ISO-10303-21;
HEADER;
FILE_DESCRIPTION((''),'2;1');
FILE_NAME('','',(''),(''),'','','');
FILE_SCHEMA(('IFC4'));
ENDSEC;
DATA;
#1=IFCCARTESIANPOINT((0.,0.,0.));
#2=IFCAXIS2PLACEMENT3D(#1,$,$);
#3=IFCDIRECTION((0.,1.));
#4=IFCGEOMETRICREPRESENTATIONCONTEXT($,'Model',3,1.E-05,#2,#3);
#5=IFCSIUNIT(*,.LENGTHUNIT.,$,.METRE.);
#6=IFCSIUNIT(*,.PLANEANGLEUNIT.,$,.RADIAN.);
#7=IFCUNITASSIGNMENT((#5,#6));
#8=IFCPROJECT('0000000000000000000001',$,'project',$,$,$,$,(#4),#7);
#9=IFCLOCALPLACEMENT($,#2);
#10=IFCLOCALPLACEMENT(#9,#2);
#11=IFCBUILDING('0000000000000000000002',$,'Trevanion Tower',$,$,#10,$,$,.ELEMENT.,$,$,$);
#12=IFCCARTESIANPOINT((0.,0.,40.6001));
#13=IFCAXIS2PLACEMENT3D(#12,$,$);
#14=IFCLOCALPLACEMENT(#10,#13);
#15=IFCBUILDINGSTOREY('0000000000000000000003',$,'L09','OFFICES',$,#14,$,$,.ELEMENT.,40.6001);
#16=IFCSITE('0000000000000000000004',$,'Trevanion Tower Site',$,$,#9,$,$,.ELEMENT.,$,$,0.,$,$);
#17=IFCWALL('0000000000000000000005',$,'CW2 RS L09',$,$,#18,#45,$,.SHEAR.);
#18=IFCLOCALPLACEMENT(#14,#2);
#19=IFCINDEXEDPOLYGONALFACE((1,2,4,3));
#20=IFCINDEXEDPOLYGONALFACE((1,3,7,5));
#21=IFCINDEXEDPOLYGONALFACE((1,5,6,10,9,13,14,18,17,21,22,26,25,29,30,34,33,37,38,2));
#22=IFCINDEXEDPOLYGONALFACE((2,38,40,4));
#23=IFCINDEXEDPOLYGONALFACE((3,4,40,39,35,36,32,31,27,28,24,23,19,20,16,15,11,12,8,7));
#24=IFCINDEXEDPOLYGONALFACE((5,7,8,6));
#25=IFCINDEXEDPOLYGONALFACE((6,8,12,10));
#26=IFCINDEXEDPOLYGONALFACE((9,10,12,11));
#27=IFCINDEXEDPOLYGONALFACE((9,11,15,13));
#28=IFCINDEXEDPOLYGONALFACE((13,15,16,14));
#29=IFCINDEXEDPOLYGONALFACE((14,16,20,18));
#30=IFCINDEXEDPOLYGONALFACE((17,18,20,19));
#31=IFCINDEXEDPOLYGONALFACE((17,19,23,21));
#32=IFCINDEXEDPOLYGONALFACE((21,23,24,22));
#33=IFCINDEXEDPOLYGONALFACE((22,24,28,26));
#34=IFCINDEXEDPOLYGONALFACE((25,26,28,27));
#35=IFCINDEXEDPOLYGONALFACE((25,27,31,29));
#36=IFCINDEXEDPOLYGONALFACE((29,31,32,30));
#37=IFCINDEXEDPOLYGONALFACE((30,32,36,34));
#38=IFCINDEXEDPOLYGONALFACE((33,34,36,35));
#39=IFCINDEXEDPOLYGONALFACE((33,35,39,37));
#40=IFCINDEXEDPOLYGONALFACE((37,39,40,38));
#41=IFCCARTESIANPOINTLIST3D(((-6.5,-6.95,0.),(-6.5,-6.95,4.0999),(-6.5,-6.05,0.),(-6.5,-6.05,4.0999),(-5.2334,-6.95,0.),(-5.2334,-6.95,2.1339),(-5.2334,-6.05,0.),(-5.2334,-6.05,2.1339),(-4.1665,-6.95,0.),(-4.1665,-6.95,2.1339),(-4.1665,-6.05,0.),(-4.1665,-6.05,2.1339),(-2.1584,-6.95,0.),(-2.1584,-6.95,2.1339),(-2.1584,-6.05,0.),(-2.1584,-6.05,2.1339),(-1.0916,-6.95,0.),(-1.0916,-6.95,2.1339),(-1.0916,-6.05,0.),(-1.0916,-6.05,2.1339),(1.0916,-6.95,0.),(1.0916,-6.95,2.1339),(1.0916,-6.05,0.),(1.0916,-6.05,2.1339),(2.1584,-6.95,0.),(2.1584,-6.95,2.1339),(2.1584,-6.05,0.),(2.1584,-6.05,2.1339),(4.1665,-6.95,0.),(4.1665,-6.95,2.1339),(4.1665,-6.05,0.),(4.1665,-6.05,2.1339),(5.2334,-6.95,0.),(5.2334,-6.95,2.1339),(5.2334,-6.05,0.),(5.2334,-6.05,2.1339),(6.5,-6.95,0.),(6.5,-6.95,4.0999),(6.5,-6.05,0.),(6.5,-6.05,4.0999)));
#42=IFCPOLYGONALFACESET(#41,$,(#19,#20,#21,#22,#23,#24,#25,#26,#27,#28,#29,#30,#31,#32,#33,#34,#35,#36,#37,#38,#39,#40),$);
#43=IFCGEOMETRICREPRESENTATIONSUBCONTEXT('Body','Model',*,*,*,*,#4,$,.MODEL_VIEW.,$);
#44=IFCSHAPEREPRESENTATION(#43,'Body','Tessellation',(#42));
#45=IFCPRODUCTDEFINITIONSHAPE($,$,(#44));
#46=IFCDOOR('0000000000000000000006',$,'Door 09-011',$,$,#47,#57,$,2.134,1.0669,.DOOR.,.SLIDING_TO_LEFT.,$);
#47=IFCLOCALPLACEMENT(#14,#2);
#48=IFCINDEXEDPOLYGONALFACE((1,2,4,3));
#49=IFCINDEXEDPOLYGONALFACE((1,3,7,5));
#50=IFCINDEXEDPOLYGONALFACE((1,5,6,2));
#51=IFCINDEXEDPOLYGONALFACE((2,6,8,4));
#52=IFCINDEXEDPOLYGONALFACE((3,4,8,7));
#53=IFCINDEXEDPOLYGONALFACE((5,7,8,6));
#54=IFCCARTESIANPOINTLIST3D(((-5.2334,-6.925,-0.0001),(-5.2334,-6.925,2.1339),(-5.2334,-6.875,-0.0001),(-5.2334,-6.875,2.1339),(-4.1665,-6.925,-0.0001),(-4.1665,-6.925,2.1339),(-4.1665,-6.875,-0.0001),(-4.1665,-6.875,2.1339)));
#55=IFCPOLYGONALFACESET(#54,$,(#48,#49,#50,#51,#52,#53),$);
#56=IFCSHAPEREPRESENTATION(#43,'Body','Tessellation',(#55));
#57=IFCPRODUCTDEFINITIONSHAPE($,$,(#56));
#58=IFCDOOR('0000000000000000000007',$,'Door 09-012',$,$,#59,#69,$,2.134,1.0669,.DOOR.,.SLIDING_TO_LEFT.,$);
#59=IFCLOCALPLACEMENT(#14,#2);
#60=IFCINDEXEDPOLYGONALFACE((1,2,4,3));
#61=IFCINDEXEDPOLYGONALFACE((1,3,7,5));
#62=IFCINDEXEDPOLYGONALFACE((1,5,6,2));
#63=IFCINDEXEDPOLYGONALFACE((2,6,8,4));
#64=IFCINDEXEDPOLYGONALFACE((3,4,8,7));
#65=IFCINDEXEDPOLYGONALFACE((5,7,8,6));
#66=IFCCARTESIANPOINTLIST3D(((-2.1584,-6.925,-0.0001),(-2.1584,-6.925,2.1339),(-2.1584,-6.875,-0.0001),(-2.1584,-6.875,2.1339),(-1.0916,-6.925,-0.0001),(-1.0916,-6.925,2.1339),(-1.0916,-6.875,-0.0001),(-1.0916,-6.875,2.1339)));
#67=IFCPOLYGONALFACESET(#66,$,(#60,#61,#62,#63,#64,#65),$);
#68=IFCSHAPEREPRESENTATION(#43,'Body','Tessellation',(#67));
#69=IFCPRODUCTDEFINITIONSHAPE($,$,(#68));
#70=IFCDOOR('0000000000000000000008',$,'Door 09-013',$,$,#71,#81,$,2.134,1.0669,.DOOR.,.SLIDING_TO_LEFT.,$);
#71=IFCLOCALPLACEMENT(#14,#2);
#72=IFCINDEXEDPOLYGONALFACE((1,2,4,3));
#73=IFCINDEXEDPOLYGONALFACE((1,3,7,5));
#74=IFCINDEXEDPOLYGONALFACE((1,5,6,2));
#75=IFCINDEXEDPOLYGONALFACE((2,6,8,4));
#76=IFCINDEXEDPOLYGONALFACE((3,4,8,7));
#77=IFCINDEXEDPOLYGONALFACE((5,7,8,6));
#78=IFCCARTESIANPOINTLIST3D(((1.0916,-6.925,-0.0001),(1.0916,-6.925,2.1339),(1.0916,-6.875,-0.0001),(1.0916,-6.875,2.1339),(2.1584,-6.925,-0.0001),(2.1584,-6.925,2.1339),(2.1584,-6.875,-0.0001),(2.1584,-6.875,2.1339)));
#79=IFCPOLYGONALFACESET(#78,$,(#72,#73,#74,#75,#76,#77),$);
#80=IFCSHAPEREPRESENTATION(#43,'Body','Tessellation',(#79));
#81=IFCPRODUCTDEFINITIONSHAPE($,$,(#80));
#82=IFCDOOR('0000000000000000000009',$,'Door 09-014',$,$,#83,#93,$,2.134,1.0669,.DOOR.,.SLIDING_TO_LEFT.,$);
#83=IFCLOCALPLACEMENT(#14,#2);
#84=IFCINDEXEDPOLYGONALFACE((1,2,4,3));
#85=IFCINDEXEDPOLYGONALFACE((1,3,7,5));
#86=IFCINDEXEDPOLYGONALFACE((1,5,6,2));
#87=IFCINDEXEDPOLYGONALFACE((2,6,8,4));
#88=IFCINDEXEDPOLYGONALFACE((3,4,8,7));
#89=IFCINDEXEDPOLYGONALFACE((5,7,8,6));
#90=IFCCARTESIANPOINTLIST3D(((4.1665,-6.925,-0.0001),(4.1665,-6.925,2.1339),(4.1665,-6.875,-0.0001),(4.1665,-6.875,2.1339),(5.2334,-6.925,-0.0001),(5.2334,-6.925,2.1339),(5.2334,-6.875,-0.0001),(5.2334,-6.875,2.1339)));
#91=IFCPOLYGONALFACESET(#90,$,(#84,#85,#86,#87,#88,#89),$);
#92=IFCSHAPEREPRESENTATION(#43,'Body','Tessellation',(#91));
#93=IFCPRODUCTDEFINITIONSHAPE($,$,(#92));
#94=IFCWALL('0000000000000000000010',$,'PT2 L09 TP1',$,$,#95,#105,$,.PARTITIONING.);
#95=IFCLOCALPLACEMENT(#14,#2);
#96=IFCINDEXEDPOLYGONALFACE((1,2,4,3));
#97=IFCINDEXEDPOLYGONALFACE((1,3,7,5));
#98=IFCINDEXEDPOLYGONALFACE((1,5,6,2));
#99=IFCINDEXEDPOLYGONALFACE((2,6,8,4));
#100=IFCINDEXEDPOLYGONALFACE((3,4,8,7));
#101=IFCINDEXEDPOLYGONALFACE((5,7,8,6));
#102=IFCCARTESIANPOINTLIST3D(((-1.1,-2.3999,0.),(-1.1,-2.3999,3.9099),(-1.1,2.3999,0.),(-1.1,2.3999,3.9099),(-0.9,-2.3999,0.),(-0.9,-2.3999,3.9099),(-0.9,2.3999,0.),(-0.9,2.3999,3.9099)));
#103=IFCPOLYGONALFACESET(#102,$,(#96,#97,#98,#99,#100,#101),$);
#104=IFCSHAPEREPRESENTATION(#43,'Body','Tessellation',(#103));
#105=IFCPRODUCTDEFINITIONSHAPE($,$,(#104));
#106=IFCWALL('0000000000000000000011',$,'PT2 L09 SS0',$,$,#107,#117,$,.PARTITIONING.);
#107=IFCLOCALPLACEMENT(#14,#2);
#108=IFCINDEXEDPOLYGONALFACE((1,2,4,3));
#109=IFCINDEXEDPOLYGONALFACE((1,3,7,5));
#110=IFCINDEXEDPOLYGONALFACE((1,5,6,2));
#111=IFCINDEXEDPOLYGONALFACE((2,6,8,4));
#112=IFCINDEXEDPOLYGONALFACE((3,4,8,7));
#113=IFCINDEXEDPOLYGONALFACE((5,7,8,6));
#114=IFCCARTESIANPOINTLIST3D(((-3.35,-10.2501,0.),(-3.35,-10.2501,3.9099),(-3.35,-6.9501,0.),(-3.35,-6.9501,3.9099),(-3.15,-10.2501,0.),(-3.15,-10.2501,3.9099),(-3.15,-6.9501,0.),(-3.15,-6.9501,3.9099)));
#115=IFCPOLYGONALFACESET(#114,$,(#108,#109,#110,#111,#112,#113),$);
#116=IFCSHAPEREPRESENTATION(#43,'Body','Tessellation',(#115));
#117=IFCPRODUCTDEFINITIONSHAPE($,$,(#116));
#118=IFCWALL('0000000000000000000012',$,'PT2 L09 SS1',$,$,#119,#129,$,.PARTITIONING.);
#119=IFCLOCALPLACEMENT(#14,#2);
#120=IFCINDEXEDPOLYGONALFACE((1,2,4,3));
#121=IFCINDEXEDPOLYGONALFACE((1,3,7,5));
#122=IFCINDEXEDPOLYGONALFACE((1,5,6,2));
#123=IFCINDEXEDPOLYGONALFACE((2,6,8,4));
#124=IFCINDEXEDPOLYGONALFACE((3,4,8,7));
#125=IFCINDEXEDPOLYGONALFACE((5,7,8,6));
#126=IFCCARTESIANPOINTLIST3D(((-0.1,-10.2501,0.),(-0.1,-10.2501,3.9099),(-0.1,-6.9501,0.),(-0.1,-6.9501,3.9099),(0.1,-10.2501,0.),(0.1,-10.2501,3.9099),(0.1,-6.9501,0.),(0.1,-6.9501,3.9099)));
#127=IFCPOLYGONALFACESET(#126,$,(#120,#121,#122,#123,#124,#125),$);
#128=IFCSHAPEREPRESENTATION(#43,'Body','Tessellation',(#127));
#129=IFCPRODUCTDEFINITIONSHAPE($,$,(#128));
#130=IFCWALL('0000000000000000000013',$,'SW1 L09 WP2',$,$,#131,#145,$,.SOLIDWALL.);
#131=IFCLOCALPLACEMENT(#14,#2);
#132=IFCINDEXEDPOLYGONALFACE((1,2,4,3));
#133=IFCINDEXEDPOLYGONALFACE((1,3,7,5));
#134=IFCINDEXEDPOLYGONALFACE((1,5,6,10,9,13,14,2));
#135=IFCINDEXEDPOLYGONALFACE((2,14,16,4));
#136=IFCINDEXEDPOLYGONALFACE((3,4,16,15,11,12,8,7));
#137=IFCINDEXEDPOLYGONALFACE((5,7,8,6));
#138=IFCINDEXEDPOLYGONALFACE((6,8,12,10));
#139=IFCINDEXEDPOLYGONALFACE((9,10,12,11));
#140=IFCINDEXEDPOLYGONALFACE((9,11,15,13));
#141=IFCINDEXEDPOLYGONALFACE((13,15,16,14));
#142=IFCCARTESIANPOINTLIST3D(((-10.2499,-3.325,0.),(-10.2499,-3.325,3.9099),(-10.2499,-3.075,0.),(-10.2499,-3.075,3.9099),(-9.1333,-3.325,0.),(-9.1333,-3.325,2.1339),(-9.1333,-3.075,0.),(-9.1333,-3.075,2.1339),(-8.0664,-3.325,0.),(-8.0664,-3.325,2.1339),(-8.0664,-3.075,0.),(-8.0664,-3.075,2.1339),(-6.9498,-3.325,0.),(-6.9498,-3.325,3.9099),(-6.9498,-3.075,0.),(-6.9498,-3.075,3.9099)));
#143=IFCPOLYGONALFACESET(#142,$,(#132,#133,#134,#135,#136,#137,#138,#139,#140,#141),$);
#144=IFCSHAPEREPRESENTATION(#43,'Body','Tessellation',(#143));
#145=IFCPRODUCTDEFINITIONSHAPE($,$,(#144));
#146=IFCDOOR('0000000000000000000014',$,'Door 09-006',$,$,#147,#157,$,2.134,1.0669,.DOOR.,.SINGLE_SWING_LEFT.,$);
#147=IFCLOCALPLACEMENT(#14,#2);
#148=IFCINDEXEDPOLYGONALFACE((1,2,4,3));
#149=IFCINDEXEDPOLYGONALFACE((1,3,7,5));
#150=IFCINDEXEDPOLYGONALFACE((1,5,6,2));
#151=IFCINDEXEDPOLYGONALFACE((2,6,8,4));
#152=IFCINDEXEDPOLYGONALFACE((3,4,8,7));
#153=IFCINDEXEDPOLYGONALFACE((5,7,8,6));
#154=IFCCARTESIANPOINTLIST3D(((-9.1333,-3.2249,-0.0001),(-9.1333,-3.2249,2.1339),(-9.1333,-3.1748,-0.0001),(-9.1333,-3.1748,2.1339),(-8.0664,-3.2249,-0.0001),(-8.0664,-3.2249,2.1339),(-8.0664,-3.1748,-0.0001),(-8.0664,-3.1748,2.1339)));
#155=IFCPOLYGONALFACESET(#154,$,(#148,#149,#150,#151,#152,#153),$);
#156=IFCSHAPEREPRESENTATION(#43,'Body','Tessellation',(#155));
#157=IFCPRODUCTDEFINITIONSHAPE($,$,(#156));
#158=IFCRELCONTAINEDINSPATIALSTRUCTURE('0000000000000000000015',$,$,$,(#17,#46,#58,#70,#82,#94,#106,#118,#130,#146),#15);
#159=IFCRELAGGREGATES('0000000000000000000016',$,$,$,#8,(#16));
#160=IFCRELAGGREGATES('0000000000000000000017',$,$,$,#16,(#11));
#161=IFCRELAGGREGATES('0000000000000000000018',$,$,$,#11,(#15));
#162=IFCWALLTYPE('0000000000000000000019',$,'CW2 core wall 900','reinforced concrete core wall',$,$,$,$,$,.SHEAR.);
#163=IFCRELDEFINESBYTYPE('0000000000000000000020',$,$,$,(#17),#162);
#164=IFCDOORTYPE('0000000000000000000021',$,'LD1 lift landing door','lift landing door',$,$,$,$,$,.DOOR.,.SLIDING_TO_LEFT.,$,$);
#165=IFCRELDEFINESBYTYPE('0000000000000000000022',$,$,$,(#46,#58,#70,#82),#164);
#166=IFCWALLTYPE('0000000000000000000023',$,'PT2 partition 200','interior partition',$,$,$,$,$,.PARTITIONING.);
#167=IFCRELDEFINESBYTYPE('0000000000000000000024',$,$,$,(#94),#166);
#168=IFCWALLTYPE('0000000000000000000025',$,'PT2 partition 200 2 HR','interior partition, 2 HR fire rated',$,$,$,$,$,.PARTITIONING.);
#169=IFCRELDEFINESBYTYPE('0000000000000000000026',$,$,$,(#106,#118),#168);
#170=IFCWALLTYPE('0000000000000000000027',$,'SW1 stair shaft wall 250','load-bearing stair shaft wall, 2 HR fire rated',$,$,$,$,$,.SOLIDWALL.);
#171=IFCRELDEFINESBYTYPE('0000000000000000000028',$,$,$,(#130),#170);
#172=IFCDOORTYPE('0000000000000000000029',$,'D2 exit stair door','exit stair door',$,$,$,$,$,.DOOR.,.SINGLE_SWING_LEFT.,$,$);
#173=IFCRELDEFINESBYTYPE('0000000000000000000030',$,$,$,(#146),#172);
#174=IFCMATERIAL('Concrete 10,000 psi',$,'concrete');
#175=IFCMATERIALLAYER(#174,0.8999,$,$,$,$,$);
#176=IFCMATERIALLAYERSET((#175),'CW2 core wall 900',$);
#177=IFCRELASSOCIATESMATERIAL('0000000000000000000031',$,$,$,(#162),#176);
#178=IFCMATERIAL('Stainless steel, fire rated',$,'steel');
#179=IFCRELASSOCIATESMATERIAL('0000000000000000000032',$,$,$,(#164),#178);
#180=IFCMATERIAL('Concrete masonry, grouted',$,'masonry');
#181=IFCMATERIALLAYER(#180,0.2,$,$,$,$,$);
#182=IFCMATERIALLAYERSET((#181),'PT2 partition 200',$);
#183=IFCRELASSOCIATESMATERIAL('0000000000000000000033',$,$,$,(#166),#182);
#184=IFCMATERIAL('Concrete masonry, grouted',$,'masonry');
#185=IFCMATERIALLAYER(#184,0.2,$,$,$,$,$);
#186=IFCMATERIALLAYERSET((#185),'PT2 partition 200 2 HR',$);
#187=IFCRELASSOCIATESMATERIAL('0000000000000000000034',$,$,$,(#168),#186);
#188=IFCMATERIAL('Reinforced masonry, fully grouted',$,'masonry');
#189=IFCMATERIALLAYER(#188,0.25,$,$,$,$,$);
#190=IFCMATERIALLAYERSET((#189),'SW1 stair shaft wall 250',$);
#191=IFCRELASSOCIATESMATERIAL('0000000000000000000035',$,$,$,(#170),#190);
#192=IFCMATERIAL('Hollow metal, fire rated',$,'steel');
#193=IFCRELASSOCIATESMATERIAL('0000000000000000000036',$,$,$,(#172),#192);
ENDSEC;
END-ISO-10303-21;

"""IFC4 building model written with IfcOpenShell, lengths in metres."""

from ifc_helpers import new_model, si_unit, direction, frame, frame_2d, origin, place, context, subcontext, project, spatial, rectangle, extrude, material, layer, layer_set, type_object, element, fill, save


model = new_model("IFC4")

# Units and contexts
model_context = context("Model", 3, precision=1e-05, world=origin(), true_north=direction((0.0, 1.0)))
body_context = subcontext(model_context, "Body", "Model", "MODEL_VIEW")
ifc_project = project(units=[si_unit("LENGTHUNIT", "METRE"), si_unit("PLANEANGLEUNIT", "RADIAN")], contexts=[model_context])

# Site, building, storey
site_placement = place(None, origin())
site = spatial("IfcSite", under=ifc_project, at=site_placement, Name="Trevanion Tower Site", CompositionType="ELEMENT", RefElevation=0.0)
building_placement = place(site_placement, origin())
building = spatial("IfcBuilding", under=site, at=building_placement, Name="Trevanion Tower", CompositionType="ELEMENT")
storey_placement = place(building_placement, frame((0.0, 0.0, 40.6001)))
storey = spatial("IfcBuildingStorey", under=building, at=storey_placement, Name="L09", Description="OFFICES", CompositionType="ELEMENT", Elevation=40.6001)

# Shared definitions
ifc_material_1 = material(Name="Concrete 10,000 psi", Category="concrete")
ifc_layer_1 = layer(ifc_material_1, 0.8999)
ifc_layer_set_1 = layer_set([ifc_layer_1], Name="CW2 core wall 900")
wall_type_1 = type_object("IfcWallType", Name="CW2 core wall 900", Description="reinforced concrete core wall", PredefinedType="SHEAR", material=ifc_layer_set_1)

# Wall, openings, doors
wall_1_placement = place(storey_placement, frame((-6.5, -6.5, 0.0), z_axis=(0.0, 0.0, 1.0), x_axis=(1.0, 0.0, 0.0)))
wall_1 = element("IfcWall", 1, at=wall_1_placement, inside=storey, type_object=wall_type_1, Name="CW2 RS L09", PredefinedType="SHEAR", context=body_context, shape_type="SweptSolid", body=[
    extrude(rectangle(XDim=13.0, YDim=0.8999, at=frame_2d((6.5, 0.0))), origin(), (0.0, 0.0, 1.0), 4.0999),
])
opening_1_placement = place(wall_1_placement, frame((1.2666, 0.0, 0.0)))
opening_1 = element("IfcOpeningElement", 2, at=opening_1_placement, cuts=wall_1, PredefinedType="OPENING", context=body_context, shape_type="SweptSolid", body=[
    extrude(rectangle(XDim=1.0669, YDim=2.134, at=frame_2d((0.5334, 1.0669))), frame((0.0, 0.46, 0.0), z_axis=(0.0, -1.0, 0.0), x_axis=(1.0, 0.0, 0.0)), (0.0, 0.0, 1.0), 0.9199),
])
opening_2_placement = place(wall_1_placement, frame((4.3416, 0.0, 0.0)))
opening_2 = element("IfcOpeningElement", 3, at=opening_2_placement, cuts=wall_1, PredefinedType="OPENING", context=body_context, shape_type="SweptSolid", body=[
    extrude(rectangle(XDim=1.0669, YDim=2.134, at=frame_2d((0.5334, 1.0669))), frame((0.0, 0.46, 0.0), z_axis=(0.0, -1.0, 0.0), x_axis=(1.0, 0.0, 0.0)), (0.0, 0.0, 1.0), 0.9199),
])
opening_3_placement = place(wall_1_placement, frame((7.5916, 0.0, 0.0)))
opening_3 = element("IfcOpeningElement", 4, at=opening_3_placement, cuts=wall_1, PredefinedType="OPENING", context=body_context, shape_type="SweptSolid", body=[
    extrude(rectangle(XDim=1.0669, YDim=2.134, at=frame_2d((0.5334, 1.0669))), frame((0.0, 0.46, 0.0), z_axis=(0.0, -1.0, 0.0), x_axis=(1.0, 0.0, 0.0)), (0.0, 0.0, 1.0), 0.9199),
])
opening_4_placement = place(wall_1_placement, frame((10.6665, 0.0, 0.0)))
opening_4 = element("IfcOpeningElement", 5, at=opening_4_placement, cuts=wall_1, PredefinedType="OPENING", context=body_context, shape_type="SweptSolid", body=[
    extrude(rectangle(XDim=1.0669, YDim=2.134, at=frame_2d((0.5334, 1.0669))), frame((0.0, 0.46, 0.0), z_axis=(0.0, -1.0, 0.0), x_axis=(1.0, 0.0, 0.0)), (0.0, 0.0, 1.0), 0.9199),
])
ifc_material_2 = material(Name="Stainless steel, fire rated", Category="steel")
door_type_1 = type_object("IfcDoorType", Name="LD1 lift landing door", Description="lift landing door", OperationType="SLIDING_TO_LEFT", PredefinedType="DOOR", material=ifc_material_2)
door_1_placement = place(opening_1_placement, origin())
door_1 = element("IfcDoor", 6, at=door_1_placement, inside=storey, type_object=door_type_1, Name="Door 09-011", OperationType="SLIDING_TO_LEFT", OverallHeight=2.134, OverallWidth=1.0669, PredefinedType="DOOR", context=body_context, shape_type="SweptSolid", body=[
    extrude(rectangle(XDim=1.0669, YDim=2.134, at=frame_2d((0.5334, 1.0669))), frame((0.0, -0.375, 0.0), z_axis=(0.0, -1.0, 0.0), x_axis=(1.0, 0.0, 0.0)), (0.0, 0.0, 1.0), 0.05),
])
fill(opening_1, door_1)
door_2_placement = place(opening_2_placement, origin())
door_2 = element("IfcDoor", 7, at=door_2_placement, inside=storey, type_object=door_type_1, Name="Door 09-012", OperationType="SLIDING_TO_LEFT", OverallHeight=2.134, OverallWidth=1.0669, PredefinedType="DOOR", context=body_context, shape_type="SweptSolid", body=[
    extrude(rectangle(XDim=1.0669, YDim=2.134, at=frame_2d((0.5334, 1.0669))), frame((0.0, -0.375, 0.0), z_axis=(0.0, -1.0, 0.0), x_axis=(1.0, 0.0, 0.0)), (0.0, 0.0, 1.0), 0.05),
])
fill(opening_2, door_2)
door_3_placement = place(opening_3_placement, origin())
door_3 = element("IfcDoor", 8, at=door_3_placement, inside=storey, type_object=door_type_1, Name="Door 09-013", OperationType="SLIDING_TO_LEFT", OverallHeight=2.134, OverallWidth=1.0669, PredefinedType="DOOR", context=body_context, shape_type="SweptSolid", body=[
    extrude(rectangle(XDim=1.0669, YDim=2.134, at=frame_2d((0.5334, 1.0669))), frame((0.0, -0.375, 0.0), z_axis=(0.0, -1.0, 0.0), x_axis=(1.0, 0.0, 0.0)), (0.0, 0.0, 1.0), 0.05),
])
fill(opening_3, door_3)
door_4_placement = place(opening_4_placement, origin())
door_4 = element("IfcDoor", 9, at=door_4_placement, inside=storey, type_object=door_type_1, Name="Door 09-014", OperationType="SLIDING_TO_LEFT", OverallHeight=2.134, OverallWidth=1.0669, PredefinedType="DOOR", context=body_context, shape_type="SweptSolid", body=[
    extrude(rectangle(XDim=1.0669, YDim=2.134, at=frame_2d((0.5334, 1.0669))), frame((0.0, -0.375, 0.0), z_axis=(0.0, -1.0, 0.0), x_axis=(1.0, 0.0, 0.0)), (0.0, 0.0, 1.0), 0.05),
])
fill(opening_4, door_4)

# Walls
ifc_material_3 = material(Name="Concrete masonry, grouted", Category="masonry")
ifc_layer_2 = layer(ifc_material_3, 0.2)
ifc_layer_set_2 = layer_set([ifc_layer_2], Name="PT2 partition 200")
wall_type_2 = type_object("IfcWallType", Name="PT2 partition 200", Description="interior partition", PredefinedType="PARTITIONING", material=ifc_layer_set_2)
wall_2_placement = place(storey_placement, frame((-1.0, -2.3999, 0.0), z_axis=(0.0, 0.0, 1.0), x_axis=(0.0, 1.0, 0.0)))
element("IfcWall", 10, at=wall_2_placement, inside=storey, type_object=wall_type_2, Name="PT2 L09 TP1", PredefinedType="PARTITIONING", context=body_context, shape_type="SweptSolid", body=[
    extrude(rectangle(XDim=4.7998, YDim=0.2, at=frame_2d((2.3999, 0.0))), origin(), (0.0, 0.0, 1.0), 3.9099),
])
ifc_material_4 = material(Name="Concrete masonry, grouted", Category="masonry")
ifc_layer_3 = layer(ifc_material_4, 0.2)
ifc_layer_set_3 = layer_set([ifc_layer_3], Name="PT2 partition 200 2 HR")
wall_type_3 = type_object("IfcWallType", Name="PT2 partition 200 2 HR", Description="interior partition, 2 HR fire rated", PredefinedType="PARTITIONING", material=ifc_layer_set_3)
for number, where, z_axis, x_axis, name in (
    (11, (-3.25, -10.25, 0.0), (0.0, 0.0, 1.0), (0.0, 1.0, 0.0), "PT2 L09 SS0"),
    (12, (0.0, -10.25, 0.0), (0.0, 0.0, 1.0), (0.0, 1.0, 0.0), "PT2 L09 SS1"),
):
    element("IfcWall", number, at=place(storey_placement, frame(where, z_axis=z_axis, x_axis=x_axis)), inside=storey, type_object=wall_type_3, Name=name, PredefinedType="PARTITIONING", context=body_context, shape_type="SweptSolid", body=[
        extrude(rectangle(XDim=3.3, YDim=0.2, at=frame_2d((1.6499, 0.0))), origin(), (0.0, 0.0, 1.0), 3.9099),
    ])

# Wall, opening, door
ifc_material_5 = material(Name="Reinforced masonry, fully grouted", Category="masonry")
ifc_layer_4 = layer(ifc_material_5, 0.25)
ifc_layer_set_4 = layer_set([ifc_layer_4], Name="SW1 stair shaft wall 250")
wall_type_4 = type_object("IfcWallType", Name="SW1 stair shaft wall 250", Description="load-bearing stair shaft wall, 2 HR fire rated", PredefinedType="SOLIDWALL", material=ifc_layer_set_4)
wall_3_placement = place(storey_placement, frame((-6.95, -3.2, 0.0), z_axis=(0.0, 0.0, 1.0), x_axis=(-1.0, 0.0, 0.0)))
wall_3 = element("IfcWall", 13, at=wall_3_placement, inside=storey, type_object=wall_type_4, Name="SW1 L09 WP2", PredefinedType="SOLIDWALL", context=body_context, shape_type="SweptSolid", body=[
    extrude(rectangle(XDim=3.3, YDim=0.25, at=frame_2d((1.6499, 0.0))), origin(), (0.0, 0.0, 1.0), 3.9099),
])
opening_5_placement = place(wall_3_placement, frame((1.1165, 0.0, 0.0)))
opening_5 = element("IfcOpeningElement", 14, at=opening_5_placement, cuts=wall_3, PredefinedType="OPENING", context=body_context, shape_type="SweptSolid", body=[
    extrude(rectangle(XDim=1.0669, YDim=2.134, at=frame_2d((0.5334, 1.0669))), frame((0.0, 0.135, 0.0), z_axis=(0.0, -1.0, 0.0), x_axis=(1.0, 0.0, 0.0)), (0.0, 0.0, 1.0), 0.27),
])
ifc_material_6 = material(Name="Hollow metal, fire rated", Category="steel")
door_type_2 = type_object("IfcDoorType", Name="D2 exit stair door", Description="exit stair door", OperationType="SINGLE_SWING_LEFT", PredefinedType="DOOR", material=ifc_material_6)
door_5_placement = place(opening_5_placement, origin())
door_5 = element("IfcDoor", 15, at=door_5_placement, inside=storey, type_object=door_type_2, Name="Door 09-006", OperationType="SINGLE_SWING_LEFT", OverallHeight=2.134, OverallWidth=1.0669, PredefinedType="DOOR", context=body_context, shape_type="SweptSolid", body=[
    extrude(rectangle(XDim=1.0669, YDim=2.134, at=frame_2d((0.5334, 1.0669))), frame((0.0, 0.0249, 0.0), z_axis=(0.0, -1.0, 0.0), x_axis=(1.0, 0.0, 0.0)), (0.0, 0.0, 1.0), 0.05),
])
fill(opening_5, door_5)

save(model, "model.ifc")
